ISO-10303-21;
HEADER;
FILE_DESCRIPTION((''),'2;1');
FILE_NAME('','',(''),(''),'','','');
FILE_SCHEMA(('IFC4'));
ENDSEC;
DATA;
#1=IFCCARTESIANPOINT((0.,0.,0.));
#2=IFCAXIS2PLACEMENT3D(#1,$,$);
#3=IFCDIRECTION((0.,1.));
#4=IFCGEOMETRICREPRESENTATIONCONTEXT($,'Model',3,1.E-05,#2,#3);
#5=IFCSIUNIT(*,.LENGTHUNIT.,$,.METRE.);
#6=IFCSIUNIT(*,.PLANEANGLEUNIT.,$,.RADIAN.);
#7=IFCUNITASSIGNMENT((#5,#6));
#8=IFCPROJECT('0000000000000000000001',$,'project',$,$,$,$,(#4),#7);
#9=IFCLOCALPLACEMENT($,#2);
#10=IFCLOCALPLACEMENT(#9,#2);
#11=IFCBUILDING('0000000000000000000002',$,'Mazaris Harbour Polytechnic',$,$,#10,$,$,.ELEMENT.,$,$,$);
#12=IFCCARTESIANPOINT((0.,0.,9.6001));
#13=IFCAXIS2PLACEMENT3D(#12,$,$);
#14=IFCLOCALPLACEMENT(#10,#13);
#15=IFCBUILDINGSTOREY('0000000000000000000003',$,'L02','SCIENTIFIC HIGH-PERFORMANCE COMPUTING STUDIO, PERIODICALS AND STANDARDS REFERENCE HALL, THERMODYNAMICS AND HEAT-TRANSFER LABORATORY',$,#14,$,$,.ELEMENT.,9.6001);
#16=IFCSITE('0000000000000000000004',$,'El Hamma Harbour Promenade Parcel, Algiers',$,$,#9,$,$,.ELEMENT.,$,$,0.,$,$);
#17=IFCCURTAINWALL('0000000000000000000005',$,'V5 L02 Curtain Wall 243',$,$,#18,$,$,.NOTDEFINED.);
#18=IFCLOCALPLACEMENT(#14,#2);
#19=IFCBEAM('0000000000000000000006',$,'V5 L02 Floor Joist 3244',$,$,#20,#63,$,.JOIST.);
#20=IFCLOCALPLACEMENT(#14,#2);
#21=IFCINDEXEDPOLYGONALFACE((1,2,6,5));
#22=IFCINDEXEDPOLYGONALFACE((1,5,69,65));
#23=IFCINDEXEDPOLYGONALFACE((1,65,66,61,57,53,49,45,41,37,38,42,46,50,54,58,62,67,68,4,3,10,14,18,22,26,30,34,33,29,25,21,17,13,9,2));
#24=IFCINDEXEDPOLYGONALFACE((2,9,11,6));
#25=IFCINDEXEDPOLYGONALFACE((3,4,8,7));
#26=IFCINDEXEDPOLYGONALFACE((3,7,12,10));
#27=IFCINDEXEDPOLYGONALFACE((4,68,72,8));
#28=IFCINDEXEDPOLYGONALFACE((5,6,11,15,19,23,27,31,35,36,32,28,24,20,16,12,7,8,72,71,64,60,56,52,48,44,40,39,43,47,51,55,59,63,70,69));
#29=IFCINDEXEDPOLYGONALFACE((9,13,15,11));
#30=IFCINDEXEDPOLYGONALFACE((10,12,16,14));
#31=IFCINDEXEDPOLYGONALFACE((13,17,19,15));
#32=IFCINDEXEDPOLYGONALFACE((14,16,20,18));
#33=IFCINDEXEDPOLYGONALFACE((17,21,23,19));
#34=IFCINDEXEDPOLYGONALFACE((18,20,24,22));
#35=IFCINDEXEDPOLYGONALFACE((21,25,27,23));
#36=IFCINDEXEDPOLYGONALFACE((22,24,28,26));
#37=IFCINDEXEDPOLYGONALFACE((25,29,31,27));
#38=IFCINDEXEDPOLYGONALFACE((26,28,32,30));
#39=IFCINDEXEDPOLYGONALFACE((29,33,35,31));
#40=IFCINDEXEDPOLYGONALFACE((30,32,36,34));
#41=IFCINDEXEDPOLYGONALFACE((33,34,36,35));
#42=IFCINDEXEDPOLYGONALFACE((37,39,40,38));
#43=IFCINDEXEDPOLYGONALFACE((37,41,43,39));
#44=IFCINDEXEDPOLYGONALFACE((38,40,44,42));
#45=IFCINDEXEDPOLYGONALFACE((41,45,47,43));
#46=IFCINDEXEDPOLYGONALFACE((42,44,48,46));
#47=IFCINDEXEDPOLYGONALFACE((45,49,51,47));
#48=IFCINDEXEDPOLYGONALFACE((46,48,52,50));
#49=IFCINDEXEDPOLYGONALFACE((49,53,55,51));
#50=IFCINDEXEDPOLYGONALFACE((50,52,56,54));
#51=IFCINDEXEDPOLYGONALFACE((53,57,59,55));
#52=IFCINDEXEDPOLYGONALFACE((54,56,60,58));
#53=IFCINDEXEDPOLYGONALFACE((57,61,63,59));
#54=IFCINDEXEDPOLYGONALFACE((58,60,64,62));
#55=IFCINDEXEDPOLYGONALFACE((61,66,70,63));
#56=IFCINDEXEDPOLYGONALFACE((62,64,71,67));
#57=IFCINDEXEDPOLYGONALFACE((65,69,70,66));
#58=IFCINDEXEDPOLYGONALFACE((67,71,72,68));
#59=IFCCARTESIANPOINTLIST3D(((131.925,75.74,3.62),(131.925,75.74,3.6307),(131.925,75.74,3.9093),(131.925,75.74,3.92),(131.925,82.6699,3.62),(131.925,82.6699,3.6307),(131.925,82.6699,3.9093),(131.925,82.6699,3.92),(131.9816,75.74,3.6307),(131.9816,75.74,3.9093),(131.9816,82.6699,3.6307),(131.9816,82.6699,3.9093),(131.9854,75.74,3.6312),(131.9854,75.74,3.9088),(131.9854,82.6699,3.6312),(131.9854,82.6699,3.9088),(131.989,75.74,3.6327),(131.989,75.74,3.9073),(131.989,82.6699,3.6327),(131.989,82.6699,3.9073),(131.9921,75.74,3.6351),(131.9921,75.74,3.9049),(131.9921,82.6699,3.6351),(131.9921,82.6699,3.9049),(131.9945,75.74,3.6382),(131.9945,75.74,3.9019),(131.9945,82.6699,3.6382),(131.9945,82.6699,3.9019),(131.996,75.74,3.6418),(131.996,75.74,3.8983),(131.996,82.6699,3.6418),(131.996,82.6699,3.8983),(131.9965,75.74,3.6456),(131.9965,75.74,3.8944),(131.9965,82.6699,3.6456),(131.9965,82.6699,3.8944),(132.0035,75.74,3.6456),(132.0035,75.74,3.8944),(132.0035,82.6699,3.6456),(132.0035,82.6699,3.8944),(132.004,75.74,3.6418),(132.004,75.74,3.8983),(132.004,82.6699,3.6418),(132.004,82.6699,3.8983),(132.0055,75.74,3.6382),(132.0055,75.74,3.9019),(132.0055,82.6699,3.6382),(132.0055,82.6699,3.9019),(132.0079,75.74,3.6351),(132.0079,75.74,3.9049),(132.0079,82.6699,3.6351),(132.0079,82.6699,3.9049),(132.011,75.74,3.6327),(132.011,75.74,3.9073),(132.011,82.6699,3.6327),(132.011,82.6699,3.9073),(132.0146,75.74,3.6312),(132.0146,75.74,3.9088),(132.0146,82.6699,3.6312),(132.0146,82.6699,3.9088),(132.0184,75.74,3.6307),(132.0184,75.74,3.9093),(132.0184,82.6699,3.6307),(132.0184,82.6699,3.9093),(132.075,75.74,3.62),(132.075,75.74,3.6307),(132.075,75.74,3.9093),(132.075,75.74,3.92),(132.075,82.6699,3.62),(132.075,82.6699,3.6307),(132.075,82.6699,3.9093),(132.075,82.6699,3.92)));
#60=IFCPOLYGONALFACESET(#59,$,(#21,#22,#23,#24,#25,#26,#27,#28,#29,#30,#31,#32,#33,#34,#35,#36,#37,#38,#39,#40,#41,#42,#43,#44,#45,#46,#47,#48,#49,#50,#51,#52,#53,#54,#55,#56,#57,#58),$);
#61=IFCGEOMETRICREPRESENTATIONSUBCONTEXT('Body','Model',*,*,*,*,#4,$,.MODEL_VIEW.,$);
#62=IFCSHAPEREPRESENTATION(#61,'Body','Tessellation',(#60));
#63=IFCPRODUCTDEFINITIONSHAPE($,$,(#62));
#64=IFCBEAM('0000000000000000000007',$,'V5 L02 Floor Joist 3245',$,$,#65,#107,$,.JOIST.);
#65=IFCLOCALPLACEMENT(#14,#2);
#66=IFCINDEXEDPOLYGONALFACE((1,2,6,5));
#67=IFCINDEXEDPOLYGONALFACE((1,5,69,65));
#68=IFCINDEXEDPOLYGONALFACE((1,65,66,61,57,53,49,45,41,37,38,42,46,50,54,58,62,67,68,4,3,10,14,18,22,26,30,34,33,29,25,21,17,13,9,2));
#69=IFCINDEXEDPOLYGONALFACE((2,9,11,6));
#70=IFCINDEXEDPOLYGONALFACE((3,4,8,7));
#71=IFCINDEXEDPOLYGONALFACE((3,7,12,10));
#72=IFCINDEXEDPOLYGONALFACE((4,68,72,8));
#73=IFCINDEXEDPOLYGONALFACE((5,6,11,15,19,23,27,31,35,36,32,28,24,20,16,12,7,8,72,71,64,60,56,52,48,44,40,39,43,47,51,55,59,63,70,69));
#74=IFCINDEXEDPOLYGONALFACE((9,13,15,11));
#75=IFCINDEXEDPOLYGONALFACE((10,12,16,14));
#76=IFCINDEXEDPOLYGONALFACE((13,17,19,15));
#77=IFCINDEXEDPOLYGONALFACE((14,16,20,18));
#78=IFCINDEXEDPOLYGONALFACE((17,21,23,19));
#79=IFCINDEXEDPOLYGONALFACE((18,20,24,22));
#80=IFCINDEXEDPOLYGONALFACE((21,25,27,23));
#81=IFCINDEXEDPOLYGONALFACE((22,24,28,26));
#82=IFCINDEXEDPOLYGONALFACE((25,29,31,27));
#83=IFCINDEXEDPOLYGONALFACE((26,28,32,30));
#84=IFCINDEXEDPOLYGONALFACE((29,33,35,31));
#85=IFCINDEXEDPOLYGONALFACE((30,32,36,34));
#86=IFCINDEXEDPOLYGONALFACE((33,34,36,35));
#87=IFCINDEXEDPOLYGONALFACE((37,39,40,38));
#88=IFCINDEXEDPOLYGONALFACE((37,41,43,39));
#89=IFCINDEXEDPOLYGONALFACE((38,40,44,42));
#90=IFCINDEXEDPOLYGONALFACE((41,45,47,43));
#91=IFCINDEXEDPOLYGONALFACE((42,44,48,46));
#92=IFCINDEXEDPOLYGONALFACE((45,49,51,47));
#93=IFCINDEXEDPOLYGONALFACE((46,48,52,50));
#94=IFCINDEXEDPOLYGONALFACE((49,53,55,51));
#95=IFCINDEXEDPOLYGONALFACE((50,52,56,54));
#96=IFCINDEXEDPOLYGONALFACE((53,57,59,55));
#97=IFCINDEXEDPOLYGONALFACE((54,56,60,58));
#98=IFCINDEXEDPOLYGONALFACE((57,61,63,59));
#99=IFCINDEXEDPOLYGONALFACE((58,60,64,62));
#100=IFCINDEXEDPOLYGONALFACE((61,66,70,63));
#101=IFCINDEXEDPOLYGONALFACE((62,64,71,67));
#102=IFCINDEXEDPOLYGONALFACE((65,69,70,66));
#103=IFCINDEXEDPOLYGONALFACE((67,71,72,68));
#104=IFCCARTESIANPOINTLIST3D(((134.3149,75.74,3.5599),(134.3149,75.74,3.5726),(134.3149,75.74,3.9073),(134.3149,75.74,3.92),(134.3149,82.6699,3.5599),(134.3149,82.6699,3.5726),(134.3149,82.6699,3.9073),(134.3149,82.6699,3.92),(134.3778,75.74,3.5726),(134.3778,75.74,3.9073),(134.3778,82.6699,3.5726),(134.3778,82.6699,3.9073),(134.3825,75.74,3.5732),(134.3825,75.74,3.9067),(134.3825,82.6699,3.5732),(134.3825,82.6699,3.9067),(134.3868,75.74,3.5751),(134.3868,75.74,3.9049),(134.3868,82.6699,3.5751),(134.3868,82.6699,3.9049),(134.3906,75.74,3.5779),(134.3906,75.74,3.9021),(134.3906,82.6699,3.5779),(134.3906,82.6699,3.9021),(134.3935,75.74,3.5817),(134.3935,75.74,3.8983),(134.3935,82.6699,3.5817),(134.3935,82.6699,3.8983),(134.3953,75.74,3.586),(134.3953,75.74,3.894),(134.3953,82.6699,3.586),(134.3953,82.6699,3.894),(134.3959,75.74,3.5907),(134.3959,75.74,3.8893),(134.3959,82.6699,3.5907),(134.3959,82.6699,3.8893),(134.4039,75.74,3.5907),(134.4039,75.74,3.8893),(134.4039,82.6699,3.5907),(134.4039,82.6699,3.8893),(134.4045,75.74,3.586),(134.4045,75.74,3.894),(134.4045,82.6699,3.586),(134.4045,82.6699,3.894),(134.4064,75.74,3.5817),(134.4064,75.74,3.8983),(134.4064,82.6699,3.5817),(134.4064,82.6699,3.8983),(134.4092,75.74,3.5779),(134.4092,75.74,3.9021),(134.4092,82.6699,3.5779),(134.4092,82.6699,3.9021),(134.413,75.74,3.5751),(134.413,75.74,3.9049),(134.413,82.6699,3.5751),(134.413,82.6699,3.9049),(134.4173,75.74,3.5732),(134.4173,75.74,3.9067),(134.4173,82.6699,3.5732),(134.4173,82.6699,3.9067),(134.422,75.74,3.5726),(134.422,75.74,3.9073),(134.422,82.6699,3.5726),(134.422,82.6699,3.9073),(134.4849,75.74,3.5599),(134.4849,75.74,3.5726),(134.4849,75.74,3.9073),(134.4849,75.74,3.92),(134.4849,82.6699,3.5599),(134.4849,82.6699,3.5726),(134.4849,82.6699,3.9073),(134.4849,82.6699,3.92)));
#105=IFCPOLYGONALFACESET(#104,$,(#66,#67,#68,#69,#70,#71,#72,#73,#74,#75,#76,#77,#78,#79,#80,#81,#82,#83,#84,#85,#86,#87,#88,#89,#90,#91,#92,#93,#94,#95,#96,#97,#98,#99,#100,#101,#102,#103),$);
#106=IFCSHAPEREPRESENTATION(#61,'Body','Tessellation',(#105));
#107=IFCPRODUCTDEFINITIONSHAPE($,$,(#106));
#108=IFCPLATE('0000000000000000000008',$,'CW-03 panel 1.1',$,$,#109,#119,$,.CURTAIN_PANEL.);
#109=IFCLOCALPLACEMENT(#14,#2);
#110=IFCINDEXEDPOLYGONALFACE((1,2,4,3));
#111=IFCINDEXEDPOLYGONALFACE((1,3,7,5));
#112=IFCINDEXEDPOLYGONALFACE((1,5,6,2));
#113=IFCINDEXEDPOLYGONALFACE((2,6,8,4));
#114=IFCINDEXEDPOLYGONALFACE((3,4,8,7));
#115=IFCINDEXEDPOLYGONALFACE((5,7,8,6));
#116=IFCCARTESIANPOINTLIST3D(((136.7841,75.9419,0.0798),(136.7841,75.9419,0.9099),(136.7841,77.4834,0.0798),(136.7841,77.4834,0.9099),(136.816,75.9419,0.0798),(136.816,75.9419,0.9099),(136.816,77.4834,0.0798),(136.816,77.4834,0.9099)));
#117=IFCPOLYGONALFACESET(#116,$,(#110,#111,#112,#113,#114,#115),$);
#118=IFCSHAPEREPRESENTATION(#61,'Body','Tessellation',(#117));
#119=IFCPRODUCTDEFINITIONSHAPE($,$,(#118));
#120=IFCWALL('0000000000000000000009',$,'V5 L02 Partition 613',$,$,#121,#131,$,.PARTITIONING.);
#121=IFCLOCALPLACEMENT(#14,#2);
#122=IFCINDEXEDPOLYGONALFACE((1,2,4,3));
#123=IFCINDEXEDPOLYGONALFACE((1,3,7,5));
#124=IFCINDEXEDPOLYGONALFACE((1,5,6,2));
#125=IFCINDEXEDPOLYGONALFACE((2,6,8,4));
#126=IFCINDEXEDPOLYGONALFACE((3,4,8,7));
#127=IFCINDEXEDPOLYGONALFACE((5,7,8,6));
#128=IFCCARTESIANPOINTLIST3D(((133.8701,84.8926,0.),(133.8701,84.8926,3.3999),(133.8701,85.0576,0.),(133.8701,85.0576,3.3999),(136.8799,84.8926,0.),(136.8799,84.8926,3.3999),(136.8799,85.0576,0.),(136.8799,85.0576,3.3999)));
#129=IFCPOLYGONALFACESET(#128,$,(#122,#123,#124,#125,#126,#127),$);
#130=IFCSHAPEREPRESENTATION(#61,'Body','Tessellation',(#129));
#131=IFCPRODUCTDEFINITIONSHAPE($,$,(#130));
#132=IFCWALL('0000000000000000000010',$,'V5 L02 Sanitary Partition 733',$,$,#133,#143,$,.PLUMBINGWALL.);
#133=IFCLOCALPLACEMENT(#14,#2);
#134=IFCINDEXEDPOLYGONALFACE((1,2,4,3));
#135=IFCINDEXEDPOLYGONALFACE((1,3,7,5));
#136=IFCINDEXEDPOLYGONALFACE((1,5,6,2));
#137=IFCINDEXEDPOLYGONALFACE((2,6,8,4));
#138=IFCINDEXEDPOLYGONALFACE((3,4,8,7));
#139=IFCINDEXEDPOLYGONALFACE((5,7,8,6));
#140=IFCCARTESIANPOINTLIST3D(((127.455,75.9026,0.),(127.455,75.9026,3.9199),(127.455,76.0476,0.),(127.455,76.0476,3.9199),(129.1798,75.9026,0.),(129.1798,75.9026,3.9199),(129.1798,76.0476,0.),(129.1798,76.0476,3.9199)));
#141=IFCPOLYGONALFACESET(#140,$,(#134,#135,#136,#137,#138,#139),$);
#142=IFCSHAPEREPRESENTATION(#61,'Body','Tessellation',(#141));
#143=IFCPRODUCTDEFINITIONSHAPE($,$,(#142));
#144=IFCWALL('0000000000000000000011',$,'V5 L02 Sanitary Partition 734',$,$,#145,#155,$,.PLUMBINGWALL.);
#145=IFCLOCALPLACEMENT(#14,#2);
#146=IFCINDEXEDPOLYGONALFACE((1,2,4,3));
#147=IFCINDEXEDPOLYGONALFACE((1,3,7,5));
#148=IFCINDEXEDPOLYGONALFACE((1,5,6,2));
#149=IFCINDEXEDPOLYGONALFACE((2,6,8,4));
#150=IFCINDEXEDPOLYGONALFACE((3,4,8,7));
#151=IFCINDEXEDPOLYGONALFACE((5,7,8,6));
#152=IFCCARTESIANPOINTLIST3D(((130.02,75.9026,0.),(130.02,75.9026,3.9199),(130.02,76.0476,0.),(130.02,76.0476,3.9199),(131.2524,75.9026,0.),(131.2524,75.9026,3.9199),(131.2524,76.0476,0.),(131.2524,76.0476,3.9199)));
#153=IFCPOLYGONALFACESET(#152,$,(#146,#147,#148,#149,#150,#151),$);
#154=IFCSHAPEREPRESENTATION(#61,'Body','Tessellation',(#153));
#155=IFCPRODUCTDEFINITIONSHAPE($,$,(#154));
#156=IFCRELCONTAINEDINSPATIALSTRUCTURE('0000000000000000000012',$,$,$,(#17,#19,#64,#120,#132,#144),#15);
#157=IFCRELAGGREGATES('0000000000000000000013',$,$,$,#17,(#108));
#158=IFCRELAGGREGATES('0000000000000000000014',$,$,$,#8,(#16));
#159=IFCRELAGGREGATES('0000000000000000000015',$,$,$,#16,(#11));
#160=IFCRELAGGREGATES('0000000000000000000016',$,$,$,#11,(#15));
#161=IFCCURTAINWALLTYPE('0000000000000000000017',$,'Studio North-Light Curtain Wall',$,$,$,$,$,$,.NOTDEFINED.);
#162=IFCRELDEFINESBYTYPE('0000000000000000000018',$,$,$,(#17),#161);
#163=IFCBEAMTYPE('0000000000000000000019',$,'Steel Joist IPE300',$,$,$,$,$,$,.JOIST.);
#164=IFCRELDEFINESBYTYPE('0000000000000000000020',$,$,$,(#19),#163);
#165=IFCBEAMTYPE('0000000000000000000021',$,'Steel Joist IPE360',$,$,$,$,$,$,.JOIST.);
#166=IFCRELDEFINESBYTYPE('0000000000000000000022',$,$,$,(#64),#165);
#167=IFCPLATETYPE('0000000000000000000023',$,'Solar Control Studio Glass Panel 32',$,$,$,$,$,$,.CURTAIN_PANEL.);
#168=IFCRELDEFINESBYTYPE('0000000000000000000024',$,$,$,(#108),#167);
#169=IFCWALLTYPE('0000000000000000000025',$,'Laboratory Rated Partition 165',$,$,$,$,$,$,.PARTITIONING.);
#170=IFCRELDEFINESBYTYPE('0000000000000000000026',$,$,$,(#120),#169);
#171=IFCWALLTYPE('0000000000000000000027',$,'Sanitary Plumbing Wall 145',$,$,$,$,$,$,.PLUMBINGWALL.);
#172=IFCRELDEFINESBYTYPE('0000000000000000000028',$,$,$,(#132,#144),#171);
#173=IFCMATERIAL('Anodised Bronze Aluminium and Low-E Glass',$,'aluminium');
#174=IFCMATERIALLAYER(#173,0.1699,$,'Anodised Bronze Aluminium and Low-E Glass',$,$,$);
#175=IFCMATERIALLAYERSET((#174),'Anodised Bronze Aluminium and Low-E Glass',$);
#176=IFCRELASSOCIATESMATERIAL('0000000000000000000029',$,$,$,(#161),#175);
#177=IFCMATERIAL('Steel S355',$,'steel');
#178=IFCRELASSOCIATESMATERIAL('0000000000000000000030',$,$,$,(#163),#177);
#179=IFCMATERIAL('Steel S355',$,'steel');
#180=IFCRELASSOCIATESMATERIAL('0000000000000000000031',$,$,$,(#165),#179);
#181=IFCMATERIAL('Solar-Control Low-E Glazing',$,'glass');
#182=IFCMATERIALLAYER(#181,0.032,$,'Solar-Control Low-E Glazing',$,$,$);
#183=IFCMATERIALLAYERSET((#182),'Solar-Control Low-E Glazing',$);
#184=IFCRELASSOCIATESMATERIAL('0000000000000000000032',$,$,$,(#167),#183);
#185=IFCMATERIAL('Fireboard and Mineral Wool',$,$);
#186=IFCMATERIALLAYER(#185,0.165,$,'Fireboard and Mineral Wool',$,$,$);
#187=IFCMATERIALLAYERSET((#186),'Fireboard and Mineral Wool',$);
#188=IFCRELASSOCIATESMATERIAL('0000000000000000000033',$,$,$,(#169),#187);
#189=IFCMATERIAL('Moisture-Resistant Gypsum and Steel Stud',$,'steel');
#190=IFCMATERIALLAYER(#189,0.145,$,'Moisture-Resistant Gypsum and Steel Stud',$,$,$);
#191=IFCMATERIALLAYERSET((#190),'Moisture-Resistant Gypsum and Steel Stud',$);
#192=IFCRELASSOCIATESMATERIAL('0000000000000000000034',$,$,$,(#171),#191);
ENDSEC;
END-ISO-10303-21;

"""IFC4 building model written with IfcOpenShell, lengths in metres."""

from ifc_helpers import new_model, si_unit, direction, frame, frame_2d, origin, origin_2d, place, context, subcontext, project, spatial, rectangle, i_section, extrude, material, layer, layer_set, material_profile, profile_set, type_object, element, aggregate, save


model = new_model("IFC4")

# Units and contexts
model_context = context("Model", 3, precision=1e-05, world=origin(), true_north=direction((0.0, 1.0)))
body_context = subcontext(model_context, "Body", "Model", "MODEL_VIEW")
ifc_project = project(units=[si_unit("LENGTHUNIT", "METRE"), si_unit("PLANEANGLEUNIT", "RADIAN")], contexts=[model_context])

# Site, building, storey
site_placement = place(None, origin())
site = spatial("IfcSite", under=ifc_project, at=site_placement, Name="El Hamma Harbour Promenade Parcel, Algiers", CompositionType="ELEMENT", RefElevation=0.0)
building_placement = place(site_placement, origin())
building = spatial("IfcBuilding", under=site, at=building_placement, Name="Mazaris Harbour Polytechnic", CompositionType="ELEMENT")
storey_placement = place(building_placement, frame((0.0, 0.0, 9.6001)))
storey = spatial("IfcBuildingStorey", under=building, at=storey_placement, Name="L02", Description="SCIENTIFIC HIGH-PERFORMANCE COMPUTING STUDIO, PERIODICALS AND STANDARDS REFERENCE HALL, THERMODYNAMICS AND HEAT-TRANSFER LABORATORY", CompositionType="ELEMENT", Elevation=9.6001)

# Curtain wall
ifc_material_1 = material(Name="Anodised Bronze Aluminium and Low-E Glass", Category="aluminium")
ifc_layer_1 = layer(ifc_material_1, 0.1699, Name="Anodised Bronze Aluminium and Low-E Glass")
ifc_layer_set_1 = layer_set([ifc_layer_1], Name="Anodised Bronze Aluminium and Low-E Glass")
curtain_wall_type = type_object("IfcCurtainWallType", Name="Studio North-Light Curtain Wall", PredefinedType="NOTDEFINED", material=ifc_layer_set_1)
curtain_wall_placement = place(storey_placement, origin())
curtain_wall = element("IfcCurtainWall", 1, at=curtain_wall_placement, inside=storey, type_object=curtain_wall_type, Name="V5 L02 Curtain Wall 243", PredefinedType="NOTDEFINED")

# Beams
ifc_material_2 = material(Name="Steel S355", Category="steel")
ifc_material_profile_1 = material_profile(ifc_material_2, i_section(OverallWidth=0.1499, OverallDepth=0.3, WebThickness=0.0071, FlangeThickness=0.0107, FilletRadius=0.0149, at=origin_2d()), Name="IPE 300")
ifc_profile_set_1 = profile_set([ifc_material_profile_1], Name="Steel S355")
beam_type_1 = type_object("IfcBeamType", Name="Steel Joist IPE300", PredefinedType="JOIST", material=ifc_profile_set_1)
beam_1_placement = place(storey_placement, frame((132.0, 75.74, 3.77), z_axis=(0.0, 1.0, 0.0), x_axis=(-1.0, 0.0, 0.0)))
element("IfcBeam", 2, at=beam_1_placement, inside=storey, type_object=beam_type_1, Name="V5 L02 Floor Joist 3244", PredefinedType="JOIST", context=body_context, shape_type="SweptSolid", body=[
    extrude(i_section(OverallWidth=0.1499, OverallDepth=0.3, WebThickness=0.0071, FlangeThickness=0.0107, FilletRadius=0.0149, at=origin_2d()), origin(), (0.0, 0.0, 1.0), 6.9299),
])
ifc_material_3 = material(Name="Steel S355", Category="steel")
ifc_material_profile_2 = material_profile(ifc_material_3, i_section(OverallWidth=0.1699, OverallDepth=0.3601, WebThickness=0.0081, FlangeThickness=0.0127, FilletRadius=0.0181, at=origin_2d()), Name="IPE 360")
ifc_profile_set_2 = profile_set([ifc_material_profile_2], Name="Steel S355")
beam_type_2 = type_object("IfcBeamType", Name="Steel Joist IPE360", PredefinedType="JOIST", material=ifc_profile_set_2)
beam_2_placement = place(storey_placement, frame((134.3999, 75.74, 3.74), z_axis=(0.0, 1.0, 0.0), x_axis=(-1.0, 0.0, 0.0)))
element("IfcBeam", 3, at=beam_2_placement, inside=storey, type_object=beam_type_2, Name="V5 L02 Floor Joist 3245", PredefinedType="JOIST", context=body_context, shape_type="SweptSolid", body=[
    extrude(i_section(OverallWidth=0.1699, OverallDepth=0.3601, WebThickness=0.0081, FlangeThickness=0.0127, FilletRadius=0.0181, at=origin_2d()), origin(), (0.0, 0.0, 1.0), 6.9299),
])

# Plate
ifc_material_4 = material(Name="Solar-Control Low-E Glazing", Category="glass")
ifc_layer_2 = layer(ifc_material_4, 0.032, Name="Solar-Control Low-E Glazing")
ifc_layer_set_2 = layer_set([ifc_layer_2], Name="Solar-Control Low-E Glazing")
plate_type = type_object("IfcPlateType", Name="Solar Control Studio Glass Panel 32", PredefinedType="CURTAIN_PANEL", material=ifc_layer_set_2)
plate_placement = place(storey_placement, frame((136.8, 76.7126, 0.0798), z_axis=(0.0, 0.0, 1.0), x_axis=(0.0, 1.0, 0.0)))
plate = element("IfcPlate", 4, at=plate_placement, type_object=plate_type, Name="CW-03 panel 1.1", PredefinedType="CURTAIN_PANEL", context=body_context, shape_type="SweptSolid", body=[
    extrude(rectangle(XDim=1.5415, YDim=0.032, at=origin_2d()), origin(), (0.0, 0.0, 1.0), 0.8301),
])
aggregate(curtain_wall, [plate])

# Walls
ifc_material_5 = material(Name="Fireboard and Mineral Wool")
ifc_layer_3 = layer(ifc_material_5, 0.165, Name="Fireboard and Mineral Wool")
ifc_layer_set_3 = layer_set([ifc_layer_3], Name="Fireboard and Mineral Wool")
wall_type_1 = type_object("IfcWallType", Name="Laboratory Rated Partition 165", PredefinedType="PARTITIONING", material=ifc_layer_set_3)
wall_1_placement = place(storey_placement, frame((133.8701, 84.9751, 0.0), z_axis=(0.0, 0.0, 1.0), x_axis=(1.0, 0.0, 0.0)))
element("IfcWall", 5, at=wall_1_placement, inside=storey, type_object=wall_type_1, Name="V5 L02 Partition 613", PredefinedType="PARTITIONING", context=body_context, shape_type="SweptSolid", body=[
    extrude(rectangle(XDim=3.0098, YDim=0.165, at=frame_2d((1.5049, 0.0))), origin(), (0.0, 0.0, 1.0), 3.3999),
])
ifc_material_6 = material(Name="Moisture-Resistant Gypsum and Steel Stud", Category="steel")
ifc_layer_4 = layer(ifc_material_6, 0.145, Name="Moisture-Resistant Gypsum and Steel Stud")
ifc_layer_set_4 = layer_set([ifc_layer_4], Name="Moisture-Resistant Gypsum and Steel Stud")
wall_type_2 = type_object("IfcWallType", Name="Sanitary Plumbing Wall 145", PredefinedType="PLUMBINGWALL", material=ifc_layer_set_4)
wall_2_placement = place(storey_placement, frame((127.4551, 75.9751, 0.0), z_axis=(0.0, 0.0, 1.0), x_axis=(1.0, 0.0, 0.0)))
element("IfcWall", 6, at=wall_2_placement, inside=storey, type_object=wall_type_2, Name="V5 L02 Sanitary Partition 733", PredefinedType="PLUMBINGWALL", context=body_context, shape_type="SweptSolid", body=[
    extrude(rectangle(XDim=1.7249, YDim=0.145, at=frame_2d((0.8623, 0.0))), origin(), (0.0, 0.0, 1.0), 3.9199),
])
wall_3_placement = place(storey_placement, frame((130.02, 75.9751, 0.0), z_axis=(0.0, 0.0, 1.0), x_axis=(1.0, 0.0, 0.0)))
element("IfcWall", 7, at=wall_3_placement, inside=storey, type_object=wall_type_2, Name="V5 L02 Sanitary Partition 734", PredefinedType="PLUMBINGWALL", context=body_context, shape_type="SweptSolid", body=[
    extrude(rectangle(XDim=1.2324, YDim=0.145, at=frame_2d((0.6162, 0.0))), origin(), (0.0, 0.0, 1.0), 3.9199),
])

save(model, "model.ifc")
